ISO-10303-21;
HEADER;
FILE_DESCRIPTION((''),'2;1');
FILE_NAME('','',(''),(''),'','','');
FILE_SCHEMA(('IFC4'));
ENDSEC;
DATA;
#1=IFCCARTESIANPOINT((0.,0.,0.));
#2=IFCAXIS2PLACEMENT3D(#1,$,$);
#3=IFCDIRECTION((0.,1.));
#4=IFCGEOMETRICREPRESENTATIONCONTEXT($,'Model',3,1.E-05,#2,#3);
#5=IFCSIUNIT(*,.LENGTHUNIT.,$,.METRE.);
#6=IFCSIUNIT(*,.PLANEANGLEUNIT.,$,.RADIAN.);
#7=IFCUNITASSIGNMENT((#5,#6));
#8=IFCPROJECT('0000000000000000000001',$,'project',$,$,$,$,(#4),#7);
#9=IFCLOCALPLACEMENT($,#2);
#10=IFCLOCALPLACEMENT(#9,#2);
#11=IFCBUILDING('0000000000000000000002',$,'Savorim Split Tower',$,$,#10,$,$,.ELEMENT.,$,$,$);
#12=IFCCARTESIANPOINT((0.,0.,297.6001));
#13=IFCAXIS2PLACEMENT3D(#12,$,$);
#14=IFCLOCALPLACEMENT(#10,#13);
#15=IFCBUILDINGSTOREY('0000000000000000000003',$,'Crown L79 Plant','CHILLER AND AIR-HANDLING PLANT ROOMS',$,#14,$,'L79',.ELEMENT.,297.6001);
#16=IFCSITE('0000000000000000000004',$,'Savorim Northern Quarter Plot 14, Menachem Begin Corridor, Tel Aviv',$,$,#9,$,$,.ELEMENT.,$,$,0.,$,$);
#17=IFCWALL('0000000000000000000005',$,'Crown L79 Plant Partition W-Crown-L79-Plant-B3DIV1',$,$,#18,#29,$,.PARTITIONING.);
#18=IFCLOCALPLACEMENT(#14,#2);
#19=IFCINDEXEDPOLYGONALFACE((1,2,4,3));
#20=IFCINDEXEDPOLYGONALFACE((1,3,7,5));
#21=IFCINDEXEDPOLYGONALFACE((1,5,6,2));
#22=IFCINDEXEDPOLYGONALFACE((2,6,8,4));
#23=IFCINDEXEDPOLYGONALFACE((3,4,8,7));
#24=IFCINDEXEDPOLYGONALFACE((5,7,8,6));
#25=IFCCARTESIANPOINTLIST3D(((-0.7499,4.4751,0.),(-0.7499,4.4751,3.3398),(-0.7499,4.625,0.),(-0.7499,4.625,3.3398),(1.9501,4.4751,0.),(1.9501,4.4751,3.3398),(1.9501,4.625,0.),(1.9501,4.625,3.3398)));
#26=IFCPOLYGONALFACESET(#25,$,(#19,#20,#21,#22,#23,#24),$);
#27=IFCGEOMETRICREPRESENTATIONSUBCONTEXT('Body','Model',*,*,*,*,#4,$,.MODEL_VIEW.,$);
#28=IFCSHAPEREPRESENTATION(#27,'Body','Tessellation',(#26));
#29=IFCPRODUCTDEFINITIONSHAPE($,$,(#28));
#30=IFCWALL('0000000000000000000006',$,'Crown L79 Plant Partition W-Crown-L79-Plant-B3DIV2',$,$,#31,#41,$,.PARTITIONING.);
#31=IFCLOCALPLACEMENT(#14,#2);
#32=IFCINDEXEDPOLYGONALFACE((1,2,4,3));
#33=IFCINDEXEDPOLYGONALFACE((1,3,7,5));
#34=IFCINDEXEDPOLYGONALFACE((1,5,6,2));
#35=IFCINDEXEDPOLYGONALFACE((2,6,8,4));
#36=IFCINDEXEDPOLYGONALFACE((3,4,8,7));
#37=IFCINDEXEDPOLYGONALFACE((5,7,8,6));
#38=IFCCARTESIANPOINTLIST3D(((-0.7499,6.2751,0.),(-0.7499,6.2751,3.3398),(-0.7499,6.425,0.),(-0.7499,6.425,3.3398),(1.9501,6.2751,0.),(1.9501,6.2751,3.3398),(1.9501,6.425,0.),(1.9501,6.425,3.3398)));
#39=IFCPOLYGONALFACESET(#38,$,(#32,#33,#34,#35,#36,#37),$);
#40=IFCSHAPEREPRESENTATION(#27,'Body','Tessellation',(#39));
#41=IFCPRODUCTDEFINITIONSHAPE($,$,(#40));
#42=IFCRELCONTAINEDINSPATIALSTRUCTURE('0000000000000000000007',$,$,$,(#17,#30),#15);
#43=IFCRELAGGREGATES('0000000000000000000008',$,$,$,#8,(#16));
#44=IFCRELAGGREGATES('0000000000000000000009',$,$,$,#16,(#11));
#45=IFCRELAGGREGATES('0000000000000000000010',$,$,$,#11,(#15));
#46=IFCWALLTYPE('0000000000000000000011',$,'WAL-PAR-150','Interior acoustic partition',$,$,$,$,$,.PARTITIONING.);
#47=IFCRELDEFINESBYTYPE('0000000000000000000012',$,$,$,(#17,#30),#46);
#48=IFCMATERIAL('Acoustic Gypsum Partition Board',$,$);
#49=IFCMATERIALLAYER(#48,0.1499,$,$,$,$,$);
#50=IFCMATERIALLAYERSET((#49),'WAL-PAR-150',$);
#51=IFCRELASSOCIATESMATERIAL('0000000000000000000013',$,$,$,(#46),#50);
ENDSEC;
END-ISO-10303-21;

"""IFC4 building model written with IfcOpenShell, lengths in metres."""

from ifc_helpers import new_model, si_unit, direction, frame, frame_2d, origin, place, context, subcontext, project, spatial, rectangle, extrude, material, layer, layer_set, type_object, element, save


model = new_model("IFC4")

# Units and contexts
model_context = context("Model", 3, precision=1e-05, world=origin(), true_north=direction((0.0, 1.0)))
body_context = subcontext(model_context, "Body", "Model", "MODEL_VIEW")
ifc_project = project(units=[si_unit("LENGTHUNIT", "METRE"), si_unit("PLANEANGLEUNIT", "RADIAN")], contexts=[model_context])

# Site, building, storey
site_placement = place(None, origin())
site = spatial("IfcSite", under=ifc_project, at=site_placement, Name="Savorim Northern Quarter Plot 14, Menachem Begin Corridor, Tel Aviv", CompositionType="ELEMENT", RefElevation=0.0)
building_placement = place(site_placement, origin())
building = spatial("IfcBuilding", under=site, at=building_placement, Name="Savorim Split Tower", CompositionType="ELEMENT")
storey_placement = place(building_placement, frame((0.0, 0.0, 297.6001)))
storey = spatial("IfcBuildingStorey", under=building, at=storey_placement, Name="Crown L79 Plant", Description="CHILLER AND AIR-HANDLING PLANT ROOMS", LongName="L79", CompositionType="ELEMENT", Elevation=297.6001)

# Walls
ifc_material_1 = material(Name="Acoustic Gypsum Partition Board")
ifc_layer_1 = layer(ifc_material_1, 0.1499)
ifc_layer_set_1 = layer_set([ifc_layer_1], Name="WAL-PAR-150")
wall_type_1 = type_object("IfcWallType", Name="WAL-PAR-150", Description="Interior acoustic partition", PredefinedType="PARTITIONING", material=ifc_layer_set_1)
for number, where, z_axis, x_axis, name in (
    (1, (-0.75, 4.55, 0.0), (0.0, 0.0, 1.0), (1.0, 0.0, 0.0), "Crown L79 Plant Partition W-Crown-L79-Plant-B3DIV1"),
    (2, (-0.75, 6.3501, 0.0), (0.0, 0.0, 1.0), (1.0, 0.0, 0.0), "Crown L79 Plant Partition W-Crown-L79-Plant-B3DIV2"),
):
    element("IfcWall", number, at=place(storey_placement, frame(where, z_axis=z_axis, x_axis=x_axis)), inside=storey, type_object=wall_type_1, Name=name, PredefinedType="PARTITIONING", context=body_context, shape_type="SweptSolid", body=[
        extrude(rectangle(XDim=2.7, YDim=0.1499, at=frame_2d((1.3501, 0.0))), origin(), (0.0, 0.0, 1.0), 3.3398),
    ])

save(model, "model.ifc")
